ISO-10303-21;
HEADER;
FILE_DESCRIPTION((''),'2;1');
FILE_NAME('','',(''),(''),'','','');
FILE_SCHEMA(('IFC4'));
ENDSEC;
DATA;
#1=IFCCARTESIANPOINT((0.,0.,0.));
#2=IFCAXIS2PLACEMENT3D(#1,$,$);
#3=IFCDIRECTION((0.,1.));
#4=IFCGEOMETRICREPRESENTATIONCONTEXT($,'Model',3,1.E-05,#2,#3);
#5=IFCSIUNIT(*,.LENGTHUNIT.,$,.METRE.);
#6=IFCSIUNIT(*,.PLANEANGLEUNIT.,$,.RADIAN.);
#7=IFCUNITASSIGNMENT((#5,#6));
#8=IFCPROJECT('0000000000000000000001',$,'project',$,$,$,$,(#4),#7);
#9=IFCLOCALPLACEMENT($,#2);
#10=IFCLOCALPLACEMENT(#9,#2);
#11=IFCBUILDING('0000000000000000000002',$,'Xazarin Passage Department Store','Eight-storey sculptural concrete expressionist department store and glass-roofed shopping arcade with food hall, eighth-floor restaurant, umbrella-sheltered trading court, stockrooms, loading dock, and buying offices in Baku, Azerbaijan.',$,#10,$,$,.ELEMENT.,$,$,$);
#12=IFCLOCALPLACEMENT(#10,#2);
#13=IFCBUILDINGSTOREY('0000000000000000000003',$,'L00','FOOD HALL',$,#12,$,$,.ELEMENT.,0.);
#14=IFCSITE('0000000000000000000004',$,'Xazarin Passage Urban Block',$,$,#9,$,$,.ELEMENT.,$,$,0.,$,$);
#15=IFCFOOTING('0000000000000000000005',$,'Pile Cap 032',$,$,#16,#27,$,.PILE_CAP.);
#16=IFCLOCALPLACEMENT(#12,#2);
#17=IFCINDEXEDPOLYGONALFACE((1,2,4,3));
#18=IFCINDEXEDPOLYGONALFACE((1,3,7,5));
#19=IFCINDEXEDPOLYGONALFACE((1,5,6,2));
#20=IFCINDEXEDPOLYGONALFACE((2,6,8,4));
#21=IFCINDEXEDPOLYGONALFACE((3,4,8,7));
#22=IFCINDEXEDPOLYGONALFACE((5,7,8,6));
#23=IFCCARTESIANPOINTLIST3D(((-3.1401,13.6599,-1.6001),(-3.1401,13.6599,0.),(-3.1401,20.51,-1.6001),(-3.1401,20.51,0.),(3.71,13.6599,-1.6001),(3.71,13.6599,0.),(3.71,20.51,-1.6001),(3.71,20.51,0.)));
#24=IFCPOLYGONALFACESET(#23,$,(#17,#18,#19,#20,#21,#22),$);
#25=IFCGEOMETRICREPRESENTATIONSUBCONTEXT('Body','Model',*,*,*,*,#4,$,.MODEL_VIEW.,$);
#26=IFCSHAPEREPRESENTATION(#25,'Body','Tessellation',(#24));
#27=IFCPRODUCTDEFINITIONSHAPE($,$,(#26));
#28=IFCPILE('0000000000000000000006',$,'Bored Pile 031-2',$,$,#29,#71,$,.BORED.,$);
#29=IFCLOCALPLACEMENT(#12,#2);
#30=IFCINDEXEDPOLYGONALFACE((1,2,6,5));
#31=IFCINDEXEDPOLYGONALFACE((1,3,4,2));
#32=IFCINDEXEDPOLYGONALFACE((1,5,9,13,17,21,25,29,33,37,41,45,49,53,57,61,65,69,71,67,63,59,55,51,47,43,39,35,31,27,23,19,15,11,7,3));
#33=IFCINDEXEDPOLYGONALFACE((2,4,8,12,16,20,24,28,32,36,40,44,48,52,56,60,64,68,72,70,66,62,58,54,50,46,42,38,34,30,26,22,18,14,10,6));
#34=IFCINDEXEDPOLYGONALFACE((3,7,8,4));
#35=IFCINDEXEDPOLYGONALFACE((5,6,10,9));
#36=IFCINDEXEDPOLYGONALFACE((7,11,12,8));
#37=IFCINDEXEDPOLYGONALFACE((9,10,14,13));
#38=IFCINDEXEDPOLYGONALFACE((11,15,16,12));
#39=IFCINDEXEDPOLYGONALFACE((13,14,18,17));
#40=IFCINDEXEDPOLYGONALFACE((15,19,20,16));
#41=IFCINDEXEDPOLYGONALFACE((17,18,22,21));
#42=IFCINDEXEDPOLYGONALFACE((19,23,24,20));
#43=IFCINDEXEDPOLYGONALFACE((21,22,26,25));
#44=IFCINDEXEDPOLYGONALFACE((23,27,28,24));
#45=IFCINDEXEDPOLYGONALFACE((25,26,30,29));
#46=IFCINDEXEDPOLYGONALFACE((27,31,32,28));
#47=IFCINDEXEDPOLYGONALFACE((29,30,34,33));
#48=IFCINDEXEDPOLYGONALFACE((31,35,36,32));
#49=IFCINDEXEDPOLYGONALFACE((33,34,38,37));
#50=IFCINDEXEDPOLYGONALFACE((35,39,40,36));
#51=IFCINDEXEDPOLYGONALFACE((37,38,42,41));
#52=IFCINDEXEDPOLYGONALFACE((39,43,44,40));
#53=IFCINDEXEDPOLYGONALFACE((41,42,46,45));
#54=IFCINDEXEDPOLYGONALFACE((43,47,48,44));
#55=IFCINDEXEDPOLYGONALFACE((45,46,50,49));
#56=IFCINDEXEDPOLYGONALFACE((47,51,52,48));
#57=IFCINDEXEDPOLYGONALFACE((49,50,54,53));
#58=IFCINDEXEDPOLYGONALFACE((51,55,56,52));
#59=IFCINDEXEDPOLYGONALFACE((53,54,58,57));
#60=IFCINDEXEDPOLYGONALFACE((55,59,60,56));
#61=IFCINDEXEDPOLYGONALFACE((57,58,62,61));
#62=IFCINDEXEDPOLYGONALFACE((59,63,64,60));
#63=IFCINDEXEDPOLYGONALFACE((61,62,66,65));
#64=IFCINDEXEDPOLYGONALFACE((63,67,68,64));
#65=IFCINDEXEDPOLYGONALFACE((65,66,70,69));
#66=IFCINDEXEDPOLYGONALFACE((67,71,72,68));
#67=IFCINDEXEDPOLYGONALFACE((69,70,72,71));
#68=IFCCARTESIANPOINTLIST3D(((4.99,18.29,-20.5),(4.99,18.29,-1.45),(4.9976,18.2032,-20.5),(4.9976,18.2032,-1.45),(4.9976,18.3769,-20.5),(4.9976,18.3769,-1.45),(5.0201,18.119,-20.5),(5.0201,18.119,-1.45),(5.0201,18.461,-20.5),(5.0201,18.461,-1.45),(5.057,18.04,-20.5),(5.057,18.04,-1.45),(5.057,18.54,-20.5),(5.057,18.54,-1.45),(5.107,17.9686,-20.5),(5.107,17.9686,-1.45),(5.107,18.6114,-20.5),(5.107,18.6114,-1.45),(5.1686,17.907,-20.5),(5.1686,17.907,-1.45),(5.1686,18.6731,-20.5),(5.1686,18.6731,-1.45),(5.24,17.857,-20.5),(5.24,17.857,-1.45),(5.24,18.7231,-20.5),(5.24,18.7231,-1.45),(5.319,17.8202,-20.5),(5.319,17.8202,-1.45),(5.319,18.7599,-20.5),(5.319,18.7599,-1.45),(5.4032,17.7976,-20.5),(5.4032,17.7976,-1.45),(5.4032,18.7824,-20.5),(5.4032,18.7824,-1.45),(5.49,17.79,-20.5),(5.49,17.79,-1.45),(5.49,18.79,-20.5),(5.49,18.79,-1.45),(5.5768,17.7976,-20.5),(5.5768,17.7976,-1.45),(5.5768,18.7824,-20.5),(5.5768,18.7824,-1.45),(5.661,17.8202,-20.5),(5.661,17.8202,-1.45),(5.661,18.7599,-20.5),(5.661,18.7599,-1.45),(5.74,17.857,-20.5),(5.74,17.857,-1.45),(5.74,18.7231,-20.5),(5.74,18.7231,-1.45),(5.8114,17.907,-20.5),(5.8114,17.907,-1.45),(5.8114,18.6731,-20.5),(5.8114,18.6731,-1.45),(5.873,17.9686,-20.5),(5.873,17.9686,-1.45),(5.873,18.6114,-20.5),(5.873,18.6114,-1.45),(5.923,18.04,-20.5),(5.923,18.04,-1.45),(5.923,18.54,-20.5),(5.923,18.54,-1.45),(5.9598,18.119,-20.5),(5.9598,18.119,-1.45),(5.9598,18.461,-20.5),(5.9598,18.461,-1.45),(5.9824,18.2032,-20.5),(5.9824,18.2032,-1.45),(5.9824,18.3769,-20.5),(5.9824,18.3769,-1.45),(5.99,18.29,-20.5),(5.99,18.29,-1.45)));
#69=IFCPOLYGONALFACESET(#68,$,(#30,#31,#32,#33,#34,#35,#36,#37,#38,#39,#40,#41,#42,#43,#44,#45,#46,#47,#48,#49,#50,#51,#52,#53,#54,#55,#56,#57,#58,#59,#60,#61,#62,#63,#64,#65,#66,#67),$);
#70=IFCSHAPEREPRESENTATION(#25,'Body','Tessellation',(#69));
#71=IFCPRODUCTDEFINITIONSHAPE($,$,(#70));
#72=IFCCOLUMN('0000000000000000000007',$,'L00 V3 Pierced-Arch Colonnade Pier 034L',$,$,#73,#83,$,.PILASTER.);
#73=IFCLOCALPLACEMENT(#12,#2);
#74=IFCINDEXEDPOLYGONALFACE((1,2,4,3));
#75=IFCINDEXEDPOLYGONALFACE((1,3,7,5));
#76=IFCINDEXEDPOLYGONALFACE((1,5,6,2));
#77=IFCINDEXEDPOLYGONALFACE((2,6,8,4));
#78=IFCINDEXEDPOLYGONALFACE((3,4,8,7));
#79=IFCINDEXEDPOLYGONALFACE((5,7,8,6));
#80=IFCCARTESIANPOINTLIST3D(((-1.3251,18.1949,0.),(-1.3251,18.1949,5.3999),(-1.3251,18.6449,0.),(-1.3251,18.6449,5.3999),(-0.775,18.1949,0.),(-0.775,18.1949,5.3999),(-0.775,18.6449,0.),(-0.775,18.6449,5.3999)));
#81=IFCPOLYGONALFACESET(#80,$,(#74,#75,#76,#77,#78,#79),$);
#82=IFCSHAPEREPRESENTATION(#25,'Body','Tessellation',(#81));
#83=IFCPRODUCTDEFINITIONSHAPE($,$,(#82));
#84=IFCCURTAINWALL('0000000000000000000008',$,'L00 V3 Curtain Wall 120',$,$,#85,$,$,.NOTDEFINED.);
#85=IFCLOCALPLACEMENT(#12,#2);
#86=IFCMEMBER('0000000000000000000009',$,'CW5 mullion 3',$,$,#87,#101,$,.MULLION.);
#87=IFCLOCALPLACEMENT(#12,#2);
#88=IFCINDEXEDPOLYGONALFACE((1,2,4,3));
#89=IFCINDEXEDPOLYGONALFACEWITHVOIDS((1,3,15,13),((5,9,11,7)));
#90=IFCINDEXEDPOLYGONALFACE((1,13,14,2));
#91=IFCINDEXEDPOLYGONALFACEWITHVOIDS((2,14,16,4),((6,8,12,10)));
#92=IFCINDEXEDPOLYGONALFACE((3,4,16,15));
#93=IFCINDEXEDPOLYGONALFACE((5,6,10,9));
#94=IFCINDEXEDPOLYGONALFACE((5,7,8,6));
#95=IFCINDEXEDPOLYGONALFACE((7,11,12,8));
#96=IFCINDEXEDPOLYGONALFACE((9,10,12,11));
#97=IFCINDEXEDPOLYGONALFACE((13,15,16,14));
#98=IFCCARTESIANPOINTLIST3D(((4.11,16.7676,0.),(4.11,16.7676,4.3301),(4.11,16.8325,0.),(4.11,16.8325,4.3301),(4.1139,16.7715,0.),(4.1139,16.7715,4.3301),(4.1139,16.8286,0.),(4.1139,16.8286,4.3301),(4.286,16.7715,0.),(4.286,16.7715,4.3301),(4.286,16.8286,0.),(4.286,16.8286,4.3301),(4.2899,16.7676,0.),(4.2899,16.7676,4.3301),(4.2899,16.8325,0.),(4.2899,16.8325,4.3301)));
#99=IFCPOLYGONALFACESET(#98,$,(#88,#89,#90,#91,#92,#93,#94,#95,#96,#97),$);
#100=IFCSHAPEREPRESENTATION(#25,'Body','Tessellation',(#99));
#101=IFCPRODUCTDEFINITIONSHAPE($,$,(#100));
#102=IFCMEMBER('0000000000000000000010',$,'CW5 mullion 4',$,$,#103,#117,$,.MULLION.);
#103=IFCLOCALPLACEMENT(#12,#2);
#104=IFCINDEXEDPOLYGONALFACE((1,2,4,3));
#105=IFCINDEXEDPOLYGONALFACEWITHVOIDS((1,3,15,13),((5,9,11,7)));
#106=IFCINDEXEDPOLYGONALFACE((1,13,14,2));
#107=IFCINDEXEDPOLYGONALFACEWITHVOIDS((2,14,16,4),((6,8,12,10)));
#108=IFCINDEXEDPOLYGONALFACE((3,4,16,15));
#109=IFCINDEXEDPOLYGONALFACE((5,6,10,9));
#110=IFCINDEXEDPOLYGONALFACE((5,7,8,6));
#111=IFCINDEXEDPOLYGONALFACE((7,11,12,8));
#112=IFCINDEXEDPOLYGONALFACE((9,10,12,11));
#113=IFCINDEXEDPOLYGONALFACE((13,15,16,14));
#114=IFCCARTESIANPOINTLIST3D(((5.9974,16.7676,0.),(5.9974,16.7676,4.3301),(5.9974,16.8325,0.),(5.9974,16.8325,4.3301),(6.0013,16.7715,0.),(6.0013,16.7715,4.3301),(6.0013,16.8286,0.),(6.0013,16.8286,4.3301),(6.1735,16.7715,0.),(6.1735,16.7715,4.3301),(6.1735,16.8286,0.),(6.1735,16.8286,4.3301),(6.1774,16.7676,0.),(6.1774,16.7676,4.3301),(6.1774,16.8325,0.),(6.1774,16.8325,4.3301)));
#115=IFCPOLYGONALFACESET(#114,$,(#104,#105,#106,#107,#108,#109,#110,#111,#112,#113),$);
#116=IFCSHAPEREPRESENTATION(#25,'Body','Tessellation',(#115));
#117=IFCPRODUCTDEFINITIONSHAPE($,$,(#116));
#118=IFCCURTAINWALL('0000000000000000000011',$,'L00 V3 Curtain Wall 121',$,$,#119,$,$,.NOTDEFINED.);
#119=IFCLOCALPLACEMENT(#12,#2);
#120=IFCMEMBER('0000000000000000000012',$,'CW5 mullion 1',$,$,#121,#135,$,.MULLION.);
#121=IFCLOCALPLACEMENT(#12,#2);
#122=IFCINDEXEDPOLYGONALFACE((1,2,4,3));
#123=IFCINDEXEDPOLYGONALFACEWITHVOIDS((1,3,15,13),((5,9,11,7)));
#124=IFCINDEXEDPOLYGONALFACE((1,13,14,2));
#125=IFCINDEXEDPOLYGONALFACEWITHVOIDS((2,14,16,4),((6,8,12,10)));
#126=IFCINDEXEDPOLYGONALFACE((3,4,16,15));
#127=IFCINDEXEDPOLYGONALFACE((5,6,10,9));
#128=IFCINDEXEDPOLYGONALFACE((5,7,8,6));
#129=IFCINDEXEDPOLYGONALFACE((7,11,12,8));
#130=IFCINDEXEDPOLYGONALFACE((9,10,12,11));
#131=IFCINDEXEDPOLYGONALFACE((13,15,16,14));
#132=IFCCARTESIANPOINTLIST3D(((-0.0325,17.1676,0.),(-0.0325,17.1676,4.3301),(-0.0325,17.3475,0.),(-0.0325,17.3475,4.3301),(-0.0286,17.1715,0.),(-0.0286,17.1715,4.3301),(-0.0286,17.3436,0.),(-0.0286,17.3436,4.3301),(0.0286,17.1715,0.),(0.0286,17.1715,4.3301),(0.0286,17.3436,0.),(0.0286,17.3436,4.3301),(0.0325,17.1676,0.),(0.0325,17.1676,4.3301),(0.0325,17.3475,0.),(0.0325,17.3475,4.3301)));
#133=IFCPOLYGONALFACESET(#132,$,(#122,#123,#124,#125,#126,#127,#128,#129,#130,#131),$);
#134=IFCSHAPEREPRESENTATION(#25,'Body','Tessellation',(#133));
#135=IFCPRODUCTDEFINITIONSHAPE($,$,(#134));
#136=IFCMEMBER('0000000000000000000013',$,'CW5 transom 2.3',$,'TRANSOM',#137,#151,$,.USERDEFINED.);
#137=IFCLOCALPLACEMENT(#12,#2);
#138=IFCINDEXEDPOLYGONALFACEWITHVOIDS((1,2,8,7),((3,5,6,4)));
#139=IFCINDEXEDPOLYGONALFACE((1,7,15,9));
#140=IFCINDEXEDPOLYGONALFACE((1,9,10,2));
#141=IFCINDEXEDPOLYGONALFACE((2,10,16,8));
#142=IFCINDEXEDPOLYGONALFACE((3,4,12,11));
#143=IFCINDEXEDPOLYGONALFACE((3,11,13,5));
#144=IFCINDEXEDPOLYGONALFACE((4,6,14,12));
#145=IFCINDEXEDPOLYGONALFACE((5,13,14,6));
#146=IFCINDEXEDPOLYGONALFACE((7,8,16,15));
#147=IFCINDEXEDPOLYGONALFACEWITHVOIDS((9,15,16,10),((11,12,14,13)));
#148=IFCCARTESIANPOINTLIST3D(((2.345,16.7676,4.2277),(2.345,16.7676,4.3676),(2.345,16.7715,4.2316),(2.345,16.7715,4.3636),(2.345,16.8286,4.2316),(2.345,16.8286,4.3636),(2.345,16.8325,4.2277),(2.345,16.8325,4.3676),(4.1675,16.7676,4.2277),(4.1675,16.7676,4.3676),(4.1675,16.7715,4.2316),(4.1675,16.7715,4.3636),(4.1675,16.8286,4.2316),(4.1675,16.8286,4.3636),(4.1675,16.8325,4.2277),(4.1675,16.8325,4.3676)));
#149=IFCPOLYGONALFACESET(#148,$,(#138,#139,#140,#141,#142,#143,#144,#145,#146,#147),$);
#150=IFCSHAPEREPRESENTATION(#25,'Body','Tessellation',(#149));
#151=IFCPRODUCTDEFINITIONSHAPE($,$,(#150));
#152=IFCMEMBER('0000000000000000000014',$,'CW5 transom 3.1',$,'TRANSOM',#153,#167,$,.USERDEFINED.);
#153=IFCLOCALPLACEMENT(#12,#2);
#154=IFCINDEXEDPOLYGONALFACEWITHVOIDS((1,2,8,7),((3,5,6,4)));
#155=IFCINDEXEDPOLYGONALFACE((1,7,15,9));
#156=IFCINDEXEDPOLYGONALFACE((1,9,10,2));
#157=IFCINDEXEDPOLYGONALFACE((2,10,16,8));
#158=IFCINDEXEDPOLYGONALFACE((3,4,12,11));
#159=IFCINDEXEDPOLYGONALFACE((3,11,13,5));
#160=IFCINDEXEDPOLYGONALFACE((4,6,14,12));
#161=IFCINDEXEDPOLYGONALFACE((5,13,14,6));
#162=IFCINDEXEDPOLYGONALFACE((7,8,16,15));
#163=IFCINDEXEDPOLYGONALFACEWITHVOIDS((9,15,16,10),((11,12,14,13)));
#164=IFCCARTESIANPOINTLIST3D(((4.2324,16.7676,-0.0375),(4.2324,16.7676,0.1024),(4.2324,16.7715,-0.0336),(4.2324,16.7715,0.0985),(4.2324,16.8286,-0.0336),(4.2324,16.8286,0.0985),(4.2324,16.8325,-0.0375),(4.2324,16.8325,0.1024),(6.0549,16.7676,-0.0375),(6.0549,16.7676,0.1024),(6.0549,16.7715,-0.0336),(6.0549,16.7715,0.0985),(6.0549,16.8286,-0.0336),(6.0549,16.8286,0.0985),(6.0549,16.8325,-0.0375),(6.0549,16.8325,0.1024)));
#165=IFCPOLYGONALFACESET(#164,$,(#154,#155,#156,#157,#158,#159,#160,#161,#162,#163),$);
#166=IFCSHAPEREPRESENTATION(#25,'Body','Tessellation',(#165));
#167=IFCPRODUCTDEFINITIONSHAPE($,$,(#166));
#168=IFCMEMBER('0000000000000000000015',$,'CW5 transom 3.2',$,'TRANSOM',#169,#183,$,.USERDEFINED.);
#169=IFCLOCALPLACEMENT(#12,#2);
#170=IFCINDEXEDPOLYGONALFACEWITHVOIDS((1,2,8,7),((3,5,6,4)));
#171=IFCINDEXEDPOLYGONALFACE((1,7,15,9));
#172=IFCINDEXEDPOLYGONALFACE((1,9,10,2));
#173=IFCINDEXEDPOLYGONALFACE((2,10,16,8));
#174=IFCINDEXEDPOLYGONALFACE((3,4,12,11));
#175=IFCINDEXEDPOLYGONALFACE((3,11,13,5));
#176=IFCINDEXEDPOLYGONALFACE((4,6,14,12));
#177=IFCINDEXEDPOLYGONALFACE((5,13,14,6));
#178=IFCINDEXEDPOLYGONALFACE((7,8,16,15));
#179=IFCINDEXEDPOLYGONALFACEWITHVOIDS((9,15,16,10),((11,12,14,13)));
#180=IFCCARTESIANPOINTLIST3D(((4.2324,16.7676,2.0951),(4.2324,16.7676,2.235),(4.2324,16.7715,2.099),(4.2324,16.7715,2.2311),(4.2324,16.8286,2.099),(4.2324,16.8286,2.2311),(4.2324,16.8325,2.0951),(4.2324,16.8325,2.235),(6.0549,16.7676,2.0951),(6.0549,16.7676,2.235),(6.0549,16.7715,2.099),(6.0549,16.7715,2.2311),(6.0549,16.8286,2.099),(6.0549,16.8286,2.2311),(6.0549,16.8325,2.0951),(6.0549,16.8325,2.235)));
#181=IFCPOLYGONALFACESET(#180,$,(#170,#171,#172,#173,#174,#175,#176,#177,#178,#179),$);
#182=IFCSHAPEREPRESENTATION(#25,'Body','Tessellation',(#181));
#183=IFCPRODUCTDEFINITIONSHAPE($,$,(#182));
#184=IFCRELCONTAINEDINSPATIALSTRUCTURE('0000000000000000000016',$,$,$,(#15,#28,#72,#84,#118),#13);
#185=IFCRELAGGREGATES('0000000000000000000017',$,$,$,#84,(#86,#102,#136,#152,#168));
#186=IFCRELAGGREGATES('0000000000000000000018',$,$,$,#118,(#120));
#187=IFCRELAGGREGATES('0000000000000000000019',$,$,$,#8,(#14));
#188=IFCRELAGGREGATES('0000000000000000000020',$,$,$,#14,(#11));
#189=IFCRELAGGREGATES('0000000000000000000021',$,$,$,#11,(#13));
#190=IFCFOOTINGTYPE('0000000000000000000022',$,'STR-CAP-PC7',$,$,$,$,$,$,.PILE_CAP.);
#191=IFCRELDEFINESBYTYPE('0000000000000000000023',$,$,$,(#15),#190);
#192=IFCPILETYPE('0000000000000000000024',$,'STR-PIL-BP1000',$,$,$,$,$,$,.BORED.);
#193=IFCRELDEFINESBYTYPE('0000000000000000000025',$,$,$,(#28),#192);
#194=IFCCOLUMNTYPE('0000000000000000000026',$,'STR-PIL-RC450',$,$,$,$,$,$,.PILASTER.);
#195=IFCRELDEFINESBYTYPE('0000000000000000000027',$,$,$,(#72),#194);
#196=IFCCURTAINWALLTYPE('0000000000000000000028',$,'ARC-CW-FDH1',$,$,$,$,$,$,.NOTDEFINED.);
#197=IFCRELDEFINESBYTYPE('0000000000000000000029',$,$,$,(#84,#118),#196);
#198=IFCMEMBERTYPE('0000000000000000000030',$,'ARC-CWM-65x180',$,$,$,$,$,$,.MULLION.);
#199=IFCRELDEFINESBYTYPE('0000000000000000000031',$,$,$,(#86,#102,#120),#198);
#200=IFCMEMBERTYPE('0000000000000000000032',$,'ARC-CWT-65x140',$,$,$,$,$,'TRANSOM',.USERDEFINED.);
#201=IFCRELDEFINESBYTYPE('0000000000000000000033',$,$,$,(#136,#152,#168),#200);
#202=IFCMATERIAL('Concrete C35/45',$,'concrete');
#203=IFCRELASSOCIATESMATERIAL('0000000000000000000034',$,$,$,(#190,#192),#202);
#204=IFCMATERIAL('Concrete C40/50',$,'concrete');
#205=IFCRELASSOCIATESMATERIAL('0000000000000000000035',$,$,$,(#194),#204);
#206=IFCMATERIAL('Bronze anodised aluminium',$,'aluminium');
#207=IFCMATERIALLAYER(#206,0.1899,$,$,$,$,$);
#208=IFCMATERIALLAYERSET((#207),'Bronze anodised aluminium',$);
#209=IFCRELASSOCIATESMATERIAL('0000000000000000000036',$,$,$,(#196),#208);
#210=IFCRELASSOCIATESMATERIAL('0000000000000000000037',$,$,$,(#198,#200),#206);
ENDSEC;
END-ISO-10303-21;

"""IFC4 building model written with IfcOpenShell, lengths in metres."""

from ifc_helpers import new_model, si_unit, direction, frame, origin, origin_2d, place, context, subcontext, project, spatial, rectangle, hollow_rectangle, circle, extrude, material, layer, layer_set, material_profile, profile_set, type_object, element, aggregate, save


model = new_model("IFC4")

# Units and contexts
model_context = context("Model", 3, precision=1e-05, world=origin(), true_north=direction((0.0, 1.0)))
body_context = subcontext(model_context, "Body", "Model", "MODEL_VIEW")
ifc_project = project(units=[si_unit("LENGTHUNIT", "METRE"), si_unit("PLANEANGLEUNIT", "RADIAN")], contexts=[model_context])

# Site, building, storey
site_placement = place(None, origin())
site = spatial("IfcSite", under=ifc_project, at=site_placement, Name="Xazarin Passage Urban Block", CompositionType="ELEMENT", RefElevation=0.0)
building_placement = place(site_placement, origin())
building = spatial("IfcBuilding", under=site, at=building_placement, Name="Xazarin Passage Department Store", Description="Eight-storey sculptural concrete expressionist department store and glass-roofed shopping arcade with food hall, eighth-floor restaurant, umbrella-sheltered trading court, stockrooms, loading dock, and buying offices in Baku, Azerbaijan.", CompositionType="ELEMENT")
storey_placement = place(building_placement, origin())
storey = spatial("IfcBuildingStorey", under=building, at=storey_placement, Name="L00", Description="FOOD HALL", CompositionType="ELEMENT", Elevation=0.0)

# Footing
ifc_material_1 = material(Name="Concrete C35/45", Category="concrete")
footing_type = type_object("IfcFootingType", Name="STR-CAP-PC7", PredefinedType="PILE_CAP", material=ifc_material_1)
footing_placement = place(storey_placement, frame((0.2849, 17.085, -1.6001), z_axis=(0.0, 0.0, 1.0), x_axis=(1.0, 0.0, 0.0)))
element("IfcFooting", 1, at=footing_placement, inside=storey, type_object=footing_type, Name="Pile Cap 032", PredefinedType="PILE_CAP", context=body_context, shape_type="SweptSolid", body=[
    extrude(rectangle(XDim=6.8501, YDim=6.8501, at=origin_2d()), origin(), (0.0, 0.0, 1.0), 1.6001),
])

# Pile
ifc_material_profile_1 = material_profile(ifc_material_1, circle(Radius=0.5, at=origin_2d()), Name="BP 1000")
ifc_profile_set_1 = profile_set([ifc_material_profile_1], Name="Concrete C35/45")
pile_type = type_object("IfcPileType", Name="STR-PIL-BP1000", PredefinedType="BORED", material=ifc_profile_set_1)
pile_placement = place(storey_placement, frame((5.49, 18.29, -1.45), z_axis=(0.0, 0.0, -1.0), x_axis=(1.0, 0.0, 0.0)))
element("IfcPile", 2, at=pile_placement, inside=storey, type_object=pile_type, Name="Bored Pile 031-2", PredefinedType="BORED", context=body_context, shape_type="SweptSolid", body=[
    extrude(circle(Radius=0.5, at=origin_2d()), origin(), (0.0, 0.0, 1.0), 19.05),
])

# Column
ifc_material_2 = material(Name="Concrete C40/50", Category="concrete")
ifc_material_profile_2 = material_profile(ifc_material_2, rectangle(XDim=0.45, YDim=0.55, at=origin_2d()), Name="RC 450x550")
ifc_profile_set_2 = profile_set([ifc_material_profile_2], Name="Concrete C40/50")
column_type = type_object("IfcColumnType", Name="STR-PIL-RC450", PredefinedType="PILASTER", material=ifc_profile_set_2)
column_placement = place(storey_placement, frame((-1.05, 18.4199, 0.0), z_axis=(0.0, 0.0, 1.0), x_axis=(0.0, 1.0, 0.0)))
element("IfcColumn", 3, at=column_placement, inside=storey, type_object=column_type, Name="L00 V3 Pierced-Arch Colonnade Pier 034L", PredefinedType="PILASTER", context=body_context, shape_type="SweptSolid", body=[
    extrude(rectangle(XDim=0.45, YDim=0.55, at=origin_2d()), origin(), (0.0, 0.0, 1.0), 5.3999),
])

# Curtain wall, members
ifc_material_3 = material(Name="Bronze anodised aluminium", Category="aluminium")
ifc_layer_1 = layer(ifc_material_3, 0.1899)
ifc_layer_set_1 = layer_set([ifc_layer_1], Name="Bronze anodised aluminium")
curtain_wall_type = type_object("IfcCurtainWallType", Name="ARC-CW-FDH1", PredefinedType="NOTDEFINED", material=ifc_layer_set_1)
curtain_wall_1_placement = place(storey_placement, origin())
curtain_wall_1 = element("IfcCurtainWall", 4, at=curtain_wall_1_placement, inside=storey, type_object=curtain_wall_type, Name="L00 V3 Curtain Wall 120", PredefinedType="NOTDEFINED")
ifc_material_profile_3 = material_profile(ifc_material_3, hollow_rectangle(XDim=0.0649, YDim=0.1799, WallThickness=0.0039, at=origin_2d()), Name="ALU 65x180")
ifc_profile_set_3 = profile_set([ifc_material_profile_3], Name="Bronze anodised aluminium")
member_type_1 = type_object("IfcMemberType", Name="ARC-CWM-65x180", PredefinedType="MULLION", material=ifc_profile_set_3)
member_1_placement = place(storey_placement, frame((4.2, 16.8, 0.0), z_axis=(0.0, 0.0, 1.0), x_axis=(0.0, 1.0, 0.0)))
member_1 = element("IfcMember", 5, at=member_1_placement, type_object=member_type_1, Name="CW5 mullion 3", PredefinedType="MULLION", context=body_context, shape_type="SweptSolid", body=[
    extrude(hollow_rectangle(XDim=0.0649, YDim=0.1799, WallThickness=0.0039, at=origin_2d()), origin(), (0.0, 0.0, 1.0), 4.3301),
])
member_2_placement = place(storey_placement, frame((6.0874, 16.8, 0.0), z_axis=(0.0, 0.0, 1.0), x_axis=(0.0, 1.0, 0.0)))
member_2 = element("IfcMember", 6, at=member_2_placement, type_object=member_type_1, Name="CW5 mullion 4", PredefinedType="MULLION", context=body_context, shape_type="SweptSolid", body=[
    extrude(hollow_rectangle(XDim=0.0649, YDim=0.1799, WallThickness=0.0039, at=origin_2d()), origin(), (0.0, 0.0, 1.0), 4.3301),
])

# Curtain wall, member
curtain_wall_2_placement = place(storey_placement, origin())
curtain_wall_2 = element("IfcCurtainWall", 7, at=curtain_wall_2_placement, inside=storey, type_object=curtain_wall_type, Name="L00 V3 Curtain Wall 121", PredefinedType="NOTDEFINED")
member_3_placement = place(storey_placement, frame((0.0, 17.2576, 0.0), z_axis=(0.0, 0.0, 1.0), x_axis=(-1.0, 0.0, 0.0)))
member_3 = element("IfcMember", 8, at=member_3_placement, type_object=member_type_1, Name="CW5 mullion 1", PredefinedType="MULLION", context=body_context, shape_type="SweptSolid", body=[
    extrude(hollow_rectangle(XDim=0.0649, YDim=0.1799, WallThickness=0.0039, at=origin_2d()), origin(), (0.0, 0.0, 1.0), 4.3301),
])

# Members
ifc_material_profile_4 = material_profile(ifc_material_3, hollow_rectangle(XDim=0.0649, YDim=0.1399, WallThickness=0.0039, at=origin_2d()), Name="ALU 65x140")
ifc_profile_set_4 = profile_set([ifc_material_profile_4], Name="Bronze anodised aluminium")
member_type_2 = type_object("IfcMemberType", Name="ARC-CWT-65x140", ElementType="TRANSOM", PredefinedType="USERDEFINED", material=ifc_profile_set_4)
member_4_placement = place(storey_placement, frame((2.345, 16.8, 4.2976), z_axis=(1.0, 0.0, 0.0), x_axis=(0.0, 1.0, 0.0)))
member_4 = element("IfcMember", 9, at=member_4_placement, type_object=member_type_2, Name="CW5 transom 2.3", ObjectType="TRANSOM", PredefinedType="USERDEFINED", context=body_context, shape_type="SweptSolid", body=[
    extrude(hollow_rectangle(XDim=0.0649, YDim=0.1399, WallThickness=0.0039, at=origin_2d()), origin(), (0.0, 0.0, 1.0), 1.8225),
])
member_5_placement = place(storey_placement, frame((4.2324, 16.8, 0.0325), z_axis=(1.0, 0.0, 0.0), x_axis=(0.0, 1.0, 0.0)))
member_5 = element("IfcMember", 10, at=member_5_placement, type_object=member_type_2, Name="CW5 transom 3.1", ObjectType="TRANSOM", PredefinedType="USERDEFINED", context=body_context, shape_type="SweptSolid", body=[
    extrude(hollow_rectangle(XDim=0.0649, YDim=0.1399, WallThickness=0.0039, at=origin_2d()), origin(), (0.0, 0.0, 1.0), 1.8225),
])
member_6_placement = place(storey_placement, frame((4.2324, 16.8, 2.165), z_axis=(1.0, 0.0, 0.0), x_axis=(0.0, 1.0, 0.0)))
member_6 = element("IfcMember", 11, at=member_6_placement, type_object=member_type_2, Name="CW5 transom 3.2", ObjectType="TRANSOM", PredefinedType="USERDEFINED", context=body_context, shape_type="SweptSolid", body=[
    extrude(hollow_rectangle(XDim=0.0649, YDim=0.1399, WallThickness=0.0039, at=origin_2d()), origin(), (0.0, 0.0, 1.0), 1.8225),
])

aggregate(curtain_wall_1, [member_1, member_2, member_4, member_5, member_6])
aggregate(curtain_wall_2, [member_3])

save(model, "model.ifc")
